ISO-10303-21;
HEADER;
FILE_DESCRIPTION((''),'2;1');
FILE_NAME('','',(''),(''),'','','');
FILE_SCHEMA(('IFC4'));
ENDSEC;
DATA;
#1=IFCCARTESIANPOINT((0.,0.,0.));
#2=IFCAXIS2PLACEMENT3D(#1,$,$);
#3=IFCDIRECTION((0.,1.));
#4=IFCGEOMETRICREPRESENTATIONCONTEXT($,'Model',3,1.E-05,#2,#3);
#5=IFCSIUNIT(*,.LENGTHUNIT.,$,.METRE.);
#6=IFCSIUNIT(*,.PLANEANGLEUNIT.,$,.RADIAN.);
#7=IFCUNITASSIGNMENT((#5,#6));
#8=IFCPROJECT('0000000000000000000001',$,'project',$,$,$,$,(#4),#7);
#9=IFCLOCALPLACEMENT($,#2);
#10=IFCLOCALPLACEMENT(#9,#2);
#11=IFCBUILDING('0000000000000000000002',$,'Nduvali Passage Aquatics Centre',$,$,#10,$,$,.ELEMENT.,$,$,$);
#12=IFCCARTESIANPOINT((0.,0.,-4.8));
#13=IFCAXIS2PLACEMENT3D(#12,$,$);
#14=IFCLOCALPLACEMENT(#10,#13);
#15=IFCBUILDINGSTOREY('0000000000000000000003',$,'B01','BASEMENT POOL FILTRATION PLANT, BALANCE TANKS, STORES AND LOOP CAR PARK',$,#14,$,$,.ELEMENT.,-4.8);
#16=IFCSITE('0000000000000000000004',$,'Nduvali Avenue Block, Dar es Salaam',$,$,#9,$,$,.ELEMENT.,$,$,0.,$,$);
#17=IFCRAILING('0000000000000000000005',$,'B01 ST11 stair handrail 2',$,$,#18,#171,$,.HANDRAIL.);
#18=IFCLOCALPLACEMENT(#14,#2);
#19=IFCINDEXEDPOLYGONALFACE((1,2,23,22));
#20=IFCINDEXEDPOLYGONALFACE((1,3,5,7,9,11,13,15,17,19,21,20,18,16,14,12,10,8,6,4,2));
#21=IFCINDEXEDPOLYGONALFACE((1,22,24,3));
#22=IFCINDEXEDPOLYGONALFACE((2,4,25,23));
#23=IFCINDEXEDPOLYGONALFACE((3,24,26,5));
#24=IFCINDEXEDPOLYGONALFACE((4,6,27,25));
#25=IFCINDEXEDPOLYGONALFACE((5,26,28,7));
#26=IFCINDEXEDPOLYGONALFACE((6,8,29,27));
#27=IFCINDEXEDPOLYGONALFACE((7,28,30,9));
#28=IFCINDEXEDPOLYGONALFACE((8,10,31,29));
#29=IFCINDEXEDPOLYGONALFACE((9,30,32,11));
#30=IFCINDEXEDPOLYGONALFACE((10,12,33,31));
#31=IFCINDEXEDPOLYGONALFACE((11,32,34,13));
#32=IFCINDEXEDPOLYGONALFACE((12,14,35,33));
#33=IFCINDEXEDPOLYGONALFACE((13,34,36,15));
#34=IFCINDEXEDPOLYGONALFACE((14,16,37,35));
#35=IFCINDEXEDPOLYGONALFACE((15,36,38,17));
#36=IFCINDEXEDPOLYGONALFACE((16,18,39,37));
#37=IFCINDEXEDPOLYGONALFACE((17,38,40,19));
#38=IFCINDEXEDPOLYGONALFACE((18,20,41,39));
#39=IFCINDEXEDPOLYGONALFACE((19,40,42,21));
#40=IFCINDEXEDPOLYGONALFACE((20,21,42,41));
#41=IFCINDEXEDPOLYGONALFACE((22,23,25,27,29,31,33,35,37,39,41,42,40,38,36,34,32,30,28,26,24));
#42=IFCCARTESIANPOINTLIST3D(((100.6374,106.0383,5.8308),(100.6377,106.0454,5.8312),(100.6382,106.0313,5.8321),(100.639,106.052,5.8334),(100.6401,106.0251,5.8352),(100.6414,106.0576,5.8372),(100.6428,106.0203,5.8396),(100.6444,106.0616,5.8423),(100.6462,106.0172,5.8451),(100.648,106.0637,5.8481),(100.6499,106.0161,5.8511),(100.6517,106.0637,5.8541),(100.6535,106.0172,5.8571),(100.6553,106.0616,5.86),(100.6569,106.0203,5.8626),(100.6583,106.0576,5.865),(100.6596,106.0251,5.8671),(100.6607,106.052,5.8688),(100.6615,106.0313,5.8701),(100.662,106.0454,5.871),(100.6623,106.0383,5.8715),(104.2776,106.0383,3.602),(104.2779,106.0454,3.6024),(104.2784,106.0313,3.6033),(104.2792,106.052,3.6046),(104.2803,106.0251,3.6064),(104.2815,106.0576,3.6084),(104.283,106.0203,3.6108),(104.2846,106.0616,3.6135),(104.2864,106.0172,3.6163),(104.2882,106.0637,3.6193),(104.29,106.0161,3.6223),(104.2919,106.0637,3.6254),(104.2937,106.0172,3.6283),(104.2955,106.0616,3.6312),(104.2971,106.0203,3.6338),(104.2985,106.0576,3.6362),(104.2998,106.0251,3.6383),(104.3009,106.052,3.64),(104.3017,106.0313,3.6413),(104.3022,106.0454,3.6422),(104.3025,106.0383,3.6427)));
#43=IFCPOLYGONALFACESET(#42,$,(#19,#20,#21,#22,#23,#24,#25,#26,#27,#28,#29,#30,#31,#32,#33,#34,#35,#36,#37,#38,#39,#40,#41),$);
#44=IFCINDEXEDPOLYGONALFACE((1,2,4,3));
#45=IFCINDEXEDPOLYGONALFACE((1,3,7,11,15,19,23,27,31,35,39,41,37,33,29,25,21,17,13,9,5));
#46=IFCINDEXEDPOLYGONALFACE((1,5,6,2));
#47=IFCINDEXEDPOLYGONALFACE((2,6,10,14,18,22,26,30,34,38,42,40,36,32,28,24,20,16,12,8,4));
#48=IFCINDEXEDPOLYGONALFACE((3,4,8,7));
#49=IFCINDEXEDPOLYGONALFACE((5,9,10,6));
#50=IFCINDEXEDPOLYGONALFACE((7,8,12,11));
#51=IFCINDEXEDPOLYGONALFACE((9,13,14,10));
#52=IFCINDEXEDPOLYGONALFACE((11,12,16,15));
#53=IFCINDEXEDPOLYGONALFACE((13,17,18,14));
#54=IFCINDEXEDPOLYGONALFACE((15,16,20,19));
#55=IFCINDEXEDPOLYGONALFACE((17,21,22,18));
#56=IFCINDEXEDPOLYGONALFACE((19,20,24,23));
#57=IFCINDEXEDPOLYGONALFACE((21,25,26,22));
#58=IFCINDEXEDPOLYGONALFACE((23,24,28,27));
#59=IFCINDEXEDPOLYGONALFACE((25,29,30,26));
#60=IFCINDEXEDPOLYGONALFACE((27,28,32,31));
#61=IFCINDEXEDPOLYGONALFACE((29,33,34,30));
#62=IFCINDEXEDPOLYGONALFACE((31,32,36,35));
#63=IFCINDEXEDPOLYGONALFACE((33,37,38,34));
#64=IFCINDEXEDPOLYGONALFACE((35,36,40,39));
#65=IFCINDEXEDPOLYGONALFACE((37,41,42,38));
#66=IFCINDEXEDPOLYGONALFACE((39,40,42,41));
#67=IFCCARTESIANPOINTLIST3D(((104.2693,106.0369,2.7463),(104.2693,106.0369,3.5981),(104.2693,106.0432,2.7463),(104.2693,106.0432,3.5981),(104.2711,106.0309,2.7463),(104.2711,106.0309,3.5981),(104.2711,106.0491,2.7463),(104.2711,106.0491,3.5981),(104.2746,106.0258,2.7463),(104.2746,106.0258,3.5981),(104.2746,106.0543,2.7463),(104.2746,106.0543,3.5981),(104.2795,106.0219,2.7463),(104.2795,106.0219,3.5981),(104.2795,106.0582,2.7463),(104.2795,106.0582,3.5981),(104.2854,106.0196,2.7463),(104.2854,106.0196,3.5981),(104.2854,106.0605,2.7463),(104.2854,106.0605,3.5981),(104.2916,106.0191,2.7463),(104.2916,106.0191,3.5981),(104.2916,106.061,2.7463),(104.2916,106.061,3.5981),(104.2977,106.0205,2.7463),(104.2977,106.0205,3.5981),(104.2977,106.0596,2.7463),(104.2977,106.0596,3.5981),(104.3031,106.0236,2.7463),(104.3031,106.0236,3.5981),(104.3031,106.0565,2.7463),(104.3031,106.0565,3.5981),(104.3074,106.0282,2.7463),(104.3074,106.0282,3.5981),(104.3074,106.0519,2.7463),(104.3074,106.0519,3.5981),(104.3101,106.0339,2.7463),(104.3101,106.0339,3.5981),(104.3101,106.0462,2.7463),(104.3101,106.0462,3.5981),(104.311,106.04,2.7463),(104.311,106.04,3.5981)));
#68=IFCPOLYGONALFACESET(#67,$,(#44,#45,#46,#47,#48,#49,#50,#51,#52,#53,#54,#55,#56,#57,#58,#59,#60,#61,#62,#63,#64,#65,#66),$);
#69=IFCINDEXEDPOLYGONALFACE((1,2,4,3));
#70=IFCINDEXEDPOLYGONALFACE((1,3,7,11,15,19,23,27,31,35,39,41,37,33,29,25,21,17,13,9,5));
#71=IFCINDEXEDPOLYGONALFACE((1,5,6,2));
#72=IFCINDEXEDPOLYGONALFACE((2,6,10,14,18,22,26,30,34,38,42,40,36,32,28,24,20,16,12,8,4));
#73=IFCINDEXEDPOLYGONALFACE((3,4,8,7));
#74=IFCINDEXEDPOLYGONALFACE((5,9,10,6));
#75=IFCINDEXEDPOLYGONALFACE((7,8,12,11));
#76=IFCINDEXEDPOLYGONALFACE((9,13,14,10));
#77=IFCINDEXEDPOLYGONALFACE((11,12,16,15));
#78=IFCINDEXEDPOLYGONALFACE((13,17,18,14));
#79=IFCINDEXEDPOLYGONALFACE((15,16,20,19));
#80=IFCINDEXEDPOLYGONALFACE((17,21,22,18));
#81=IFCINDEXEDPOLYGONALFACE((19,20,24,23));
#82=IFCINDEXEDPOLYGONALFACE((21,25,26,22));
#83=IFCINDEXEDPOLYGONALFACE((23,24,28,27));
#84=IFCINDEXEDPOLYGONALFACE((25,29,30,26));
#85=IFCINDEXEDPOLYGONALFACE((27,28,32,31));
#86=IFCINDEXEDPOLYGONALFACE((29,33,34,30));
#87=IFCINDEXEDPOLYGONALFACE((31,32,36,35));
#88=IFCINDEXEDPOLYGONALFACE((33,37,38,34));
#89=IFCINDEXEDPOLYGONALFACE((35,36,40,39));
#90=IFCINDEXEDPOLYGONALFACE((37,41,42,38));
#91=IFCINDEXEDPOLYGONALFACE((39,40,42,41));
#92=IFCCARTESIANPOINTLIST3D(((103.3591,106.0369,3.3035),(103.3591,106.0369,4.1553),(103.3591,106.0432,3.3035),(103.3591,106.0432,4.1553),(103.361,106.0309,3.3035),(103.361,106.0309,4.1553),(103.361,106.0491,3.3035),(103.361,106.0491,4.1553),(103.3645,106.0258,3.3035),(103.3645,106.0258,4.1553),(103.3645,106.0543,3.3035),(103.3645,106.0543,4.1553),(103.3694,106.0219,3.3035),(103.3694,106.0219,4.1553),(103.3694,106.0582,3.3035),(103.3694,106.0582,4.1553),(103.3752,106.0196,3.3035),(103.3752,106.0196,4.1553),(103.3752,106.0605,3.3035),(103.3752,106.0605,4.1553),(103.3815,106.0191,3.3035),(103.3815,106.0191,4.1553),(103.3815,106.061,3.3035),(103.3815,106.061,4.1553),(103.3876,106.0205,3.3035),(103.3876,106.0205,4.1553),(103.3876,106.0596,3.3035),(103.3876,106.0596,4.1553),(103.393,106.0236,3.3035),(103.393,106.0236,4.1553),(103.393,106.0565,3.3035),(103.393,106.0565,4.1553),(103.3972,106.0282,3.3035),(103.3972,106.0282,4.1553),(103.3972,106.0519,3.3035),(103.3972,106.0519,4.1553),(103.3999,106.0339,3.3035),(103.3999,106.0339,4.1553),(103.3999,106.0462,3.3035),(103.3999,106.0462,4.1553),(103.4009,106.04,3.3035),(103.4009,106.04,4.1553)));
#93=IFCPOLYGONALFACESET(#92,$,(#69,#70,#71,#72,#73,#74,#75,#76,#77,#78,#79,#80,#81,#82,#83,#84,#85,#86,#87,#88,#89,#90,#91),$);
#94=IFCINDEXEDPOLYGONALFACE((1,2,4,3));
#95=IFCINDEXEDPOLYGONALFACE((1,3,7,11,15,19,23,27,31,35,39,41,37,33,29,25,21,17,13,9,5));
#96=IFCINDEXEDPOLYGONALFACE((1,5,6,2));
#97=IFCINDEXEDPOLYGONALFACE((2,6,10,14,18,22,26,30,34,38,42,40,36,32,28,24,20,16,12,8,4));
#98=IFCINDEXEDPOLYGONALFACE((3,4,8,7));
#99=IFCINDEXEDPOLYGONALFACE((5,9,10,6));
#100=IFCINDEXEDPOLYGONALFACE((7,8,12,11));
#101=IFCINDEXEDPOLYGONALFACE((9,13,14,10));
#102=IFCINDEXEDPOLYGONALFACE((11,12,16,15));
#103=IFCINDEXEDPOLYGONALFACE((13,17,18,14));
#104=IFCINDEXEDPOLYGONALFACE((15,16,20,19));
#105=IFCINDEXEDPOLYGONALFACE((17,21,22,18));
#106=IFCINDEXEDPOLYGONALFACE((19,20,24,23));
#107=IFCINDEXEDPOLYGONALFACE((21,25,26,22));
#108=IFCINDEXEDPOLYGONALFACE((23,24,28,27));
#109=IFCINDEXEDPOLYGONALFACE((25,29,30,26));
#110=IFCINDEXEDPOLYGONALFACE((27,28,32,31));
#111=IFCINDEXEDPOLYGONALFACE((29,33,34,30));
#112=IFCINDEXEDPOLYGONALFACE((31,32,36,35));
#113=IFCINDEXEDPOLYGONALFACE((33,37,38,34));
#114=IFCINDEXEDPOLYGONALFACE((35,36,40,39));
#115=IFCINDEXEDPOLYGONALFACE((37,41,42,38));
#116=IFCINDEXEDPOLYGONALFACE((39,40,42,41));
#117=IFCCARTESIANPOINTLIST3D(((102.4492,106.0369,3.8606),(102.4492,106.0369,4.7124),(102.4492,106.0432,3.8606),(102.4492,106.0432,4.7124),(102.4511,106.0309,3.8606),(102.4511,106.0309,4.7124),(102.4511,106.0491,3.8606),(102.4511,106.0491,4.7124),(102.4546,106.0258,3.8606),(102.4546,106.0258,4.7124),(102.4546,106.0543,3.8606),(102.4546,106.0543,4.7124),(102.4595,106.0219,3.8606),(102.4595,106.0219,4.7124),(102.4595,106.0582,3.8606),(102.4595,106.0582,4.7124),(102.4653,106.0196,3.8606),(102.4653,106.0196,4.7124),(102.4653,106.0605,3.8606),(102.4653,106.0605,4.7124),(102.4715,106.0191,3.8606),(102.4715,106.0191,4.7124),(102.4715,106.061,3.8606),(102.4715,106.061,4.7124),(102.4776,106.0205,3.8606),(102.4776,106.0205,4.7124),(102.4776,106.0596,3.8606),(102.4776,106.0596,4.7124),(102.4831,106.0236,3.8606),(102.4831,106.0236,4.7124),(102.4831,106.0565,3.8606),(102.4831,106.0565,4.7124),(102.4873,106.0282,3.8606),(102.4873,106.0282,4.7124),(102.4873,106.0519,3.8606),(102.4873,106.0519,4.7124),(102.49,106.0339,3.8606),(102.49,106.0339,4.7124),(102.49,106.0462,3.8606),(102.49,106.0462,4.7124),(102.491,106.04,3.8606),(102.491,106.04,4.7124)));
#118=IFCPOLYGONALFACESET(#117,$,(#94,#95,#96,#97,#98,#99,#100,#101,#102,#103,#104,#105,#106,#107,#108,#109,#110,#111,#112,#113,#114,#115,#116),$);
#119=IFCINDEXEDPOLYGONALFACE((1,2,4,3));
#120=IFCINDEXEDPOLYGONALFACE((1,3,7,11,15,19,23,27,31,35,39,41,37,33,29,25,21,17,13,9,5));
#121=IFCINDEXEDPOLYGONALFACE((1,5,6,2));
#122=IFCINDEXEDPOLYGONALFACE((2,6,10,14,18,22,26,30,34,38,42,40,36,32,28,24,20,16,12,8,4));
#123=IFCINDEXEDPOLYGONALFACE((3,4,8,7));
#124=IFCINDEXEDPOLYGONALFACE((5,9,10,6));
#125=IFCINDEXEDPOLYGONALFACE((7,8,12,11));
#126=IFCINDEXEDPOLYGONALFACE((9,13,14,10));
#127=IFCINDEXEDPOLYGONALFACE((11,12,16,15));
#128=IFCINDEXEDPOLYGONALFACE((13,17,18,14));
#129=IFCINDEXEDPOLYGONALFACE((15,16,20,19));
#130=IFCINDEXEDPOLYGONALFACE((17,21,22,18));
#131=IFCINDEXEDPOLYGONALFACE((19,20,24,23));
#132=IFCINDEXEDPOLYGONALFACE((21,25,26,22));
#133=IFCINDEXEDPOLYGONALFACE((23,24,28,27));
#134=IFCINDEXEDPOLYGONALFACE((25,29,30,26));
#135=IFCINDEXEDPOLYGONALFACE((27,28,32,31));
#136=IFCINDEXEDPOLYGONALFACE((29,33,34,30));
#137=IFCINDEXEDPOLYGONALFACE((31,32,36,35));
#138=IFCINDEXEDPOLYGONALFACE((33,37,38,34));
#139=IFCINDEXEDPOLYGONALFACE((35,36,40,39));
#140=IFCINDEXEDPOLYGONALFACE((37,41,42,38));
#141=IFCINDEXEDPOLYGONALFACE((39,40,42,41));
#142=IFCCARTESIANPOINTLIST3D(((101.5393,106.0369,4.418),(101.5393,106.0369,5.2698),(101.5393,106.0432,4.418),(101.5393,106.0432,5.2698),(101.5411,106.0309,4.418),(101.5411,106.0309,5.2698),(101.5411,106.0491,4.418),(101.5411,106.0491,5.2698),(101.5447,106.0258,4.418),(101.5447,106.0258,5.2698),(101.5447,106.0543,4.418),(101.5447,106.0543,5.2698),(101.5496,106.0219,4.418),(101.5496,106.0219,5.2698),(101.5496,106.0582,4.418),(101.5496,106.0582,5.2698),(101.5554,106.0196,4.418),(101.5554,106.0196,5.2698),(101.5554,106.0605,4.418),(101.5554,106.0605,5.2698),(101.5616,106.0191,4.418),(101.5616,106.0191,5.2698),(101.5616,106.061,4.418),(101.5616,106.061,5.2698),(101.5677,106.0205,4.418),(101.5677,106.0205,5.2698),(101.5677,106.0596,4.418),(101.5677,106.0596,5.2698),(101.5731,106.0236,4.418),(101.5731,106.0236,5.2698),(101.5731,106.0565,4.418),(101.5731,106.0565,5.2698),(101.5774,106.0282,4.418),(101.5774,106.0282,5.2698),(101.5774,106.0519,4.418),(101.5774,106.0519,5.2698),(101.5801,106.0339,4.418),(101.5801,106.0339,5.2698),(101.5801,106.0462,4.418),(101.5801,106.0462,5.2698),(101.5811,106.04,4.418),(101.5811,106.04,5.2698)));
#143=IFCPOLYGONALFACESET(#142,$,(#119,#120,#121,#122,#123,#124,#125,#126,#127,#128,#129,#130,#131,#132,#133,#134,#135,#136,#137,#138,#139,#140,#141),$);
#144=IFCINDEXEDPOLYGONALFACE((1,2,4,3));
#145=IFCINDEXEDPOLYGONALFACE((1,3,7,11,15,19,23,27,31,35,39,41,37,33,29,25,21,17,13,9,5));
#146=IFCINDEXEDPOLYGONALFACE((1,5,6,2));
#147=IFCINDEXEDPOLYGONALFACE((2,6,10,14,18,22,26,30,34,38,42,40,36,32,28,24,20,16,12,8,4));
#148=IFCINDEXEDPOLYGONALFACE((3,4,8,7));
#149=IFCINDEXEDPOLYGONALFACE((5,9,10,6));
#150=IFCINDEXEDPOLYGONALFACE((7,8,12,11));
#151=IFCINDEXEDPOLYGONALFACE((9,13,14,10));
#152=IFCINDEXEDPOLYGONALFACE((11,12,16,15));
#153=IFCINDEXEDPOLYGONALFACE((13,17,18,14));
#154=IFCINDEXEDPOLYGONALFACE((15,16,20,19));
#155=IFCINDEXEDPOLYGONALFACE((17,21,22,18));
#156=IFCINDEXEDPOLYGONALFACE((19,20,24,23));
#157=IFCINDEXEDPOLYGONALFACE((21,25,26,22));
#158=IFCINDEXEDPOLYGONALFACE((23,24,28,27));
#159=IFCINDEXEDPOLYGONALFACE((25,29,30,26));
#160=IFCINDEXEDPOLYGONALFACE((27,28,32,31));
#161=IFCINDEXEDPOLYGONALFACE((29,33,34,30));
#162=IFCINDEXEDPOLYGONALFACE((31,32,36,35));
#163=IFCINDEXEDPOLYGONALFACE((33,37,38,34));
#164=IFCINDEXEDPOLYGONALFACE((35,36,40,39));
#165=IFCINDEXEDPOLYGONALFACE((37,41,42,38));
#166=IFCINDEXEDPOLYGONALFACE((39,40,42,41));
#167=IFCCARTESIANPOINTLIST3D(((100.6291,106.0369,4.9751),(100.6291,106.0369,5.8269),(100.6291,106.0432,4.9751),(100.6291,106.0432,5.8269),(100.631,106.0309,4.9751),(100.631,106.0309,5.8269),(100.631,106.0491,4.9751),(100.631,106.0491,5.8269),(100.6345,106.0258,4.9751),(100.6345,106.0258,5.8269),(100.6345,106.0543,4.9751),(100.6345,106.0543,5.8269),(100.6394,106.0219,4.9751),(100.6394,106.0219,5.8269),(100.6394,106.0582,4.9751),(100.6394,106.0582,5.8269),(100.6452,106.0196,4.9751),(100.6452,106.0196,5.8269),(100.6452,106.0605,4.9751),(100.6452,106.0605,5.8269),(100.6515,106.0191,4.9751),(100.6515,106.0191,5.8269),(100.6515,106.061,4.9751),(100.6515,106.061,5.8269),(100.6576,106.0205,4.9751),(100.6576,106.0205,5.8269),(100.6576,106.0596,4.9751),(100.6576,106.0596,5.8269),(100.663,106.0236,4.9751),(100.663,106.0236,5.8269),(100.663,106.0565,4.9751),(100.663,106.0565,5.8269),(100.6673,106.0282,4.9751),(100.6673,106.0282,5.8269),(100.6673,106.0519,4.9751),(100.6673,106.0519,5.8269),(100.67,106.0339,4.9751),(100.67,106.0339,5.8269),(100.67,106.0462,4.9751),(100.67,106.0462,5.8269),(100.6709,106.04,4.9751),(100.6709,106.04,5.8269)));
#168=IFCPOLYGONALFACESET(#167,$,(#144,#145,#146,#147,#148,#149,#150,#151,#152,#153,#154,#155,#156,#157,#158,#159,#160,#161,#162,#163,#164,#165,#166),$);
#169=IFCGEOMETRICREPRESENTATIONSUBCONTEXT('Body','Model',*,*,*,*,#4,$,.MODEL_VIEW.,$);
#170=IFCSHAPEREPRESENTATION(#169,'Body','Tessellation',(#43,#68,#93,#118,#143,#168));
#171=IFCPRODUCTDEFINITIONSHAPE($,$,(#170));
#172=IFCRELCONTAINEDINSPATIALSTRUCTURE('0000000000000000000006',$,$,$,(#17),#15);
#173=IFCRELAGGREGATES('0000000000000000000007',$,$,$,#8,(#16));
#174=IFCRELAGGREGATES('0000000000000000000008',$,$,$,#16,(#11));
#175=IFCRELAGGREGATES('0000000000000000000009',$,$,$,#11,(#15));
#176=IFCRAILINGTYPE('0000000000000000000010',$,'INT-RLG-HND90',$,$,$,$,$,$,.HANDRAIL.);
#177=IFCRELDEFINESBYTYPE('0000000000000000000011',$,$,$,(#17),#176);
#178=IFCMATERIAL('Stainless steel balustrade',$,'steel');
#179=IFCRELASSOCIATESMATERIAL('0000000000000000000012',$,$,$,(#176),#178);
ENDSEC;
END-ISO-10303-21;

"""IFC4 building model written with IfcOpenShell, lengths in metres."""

from ifc_helpers import new_model, si_unit, direction, frame, origin, origin_2d, place, context, subcontext, project, spatial, circle, extrude, material, type_object, element, save


model = new_model("IFC4")

# Units and contexts
model_context = context("Model", 3, precision=1e-05, world=origin(), true_north=direction((0.0, 1.0)))
body_context = subcontext(model_context, "Body", "Model", "MODEL_VIEW")
ifc_project = project(units=[si_unit("LENGTHUNIT", "METRE"), si_unit("PLANEANGLEUNIT", "RADIAN")], contexts=[model_context])

# Site, building, storey
site_placement = place(None, origin())
site = spatial("IfcSite", under=ifc_project, at=site_placement, Name="Nduvali Avenue Block, Dar es Salaam", CompositionType="ELEMENT", RefElevation=0.0)
building_placement = place(site_placement, origin())
building = spatial("IfcBuilding", under=site, at=building_placement, Name="Nduvali Passage Aquatics Centre", CompositionType="ELEMENT")
storey_placement = place(building_placement, frame((0.0, 0.0, -4.8)))
storey = spatial("IfcBuildingStorey", under=building, at=storey_placement, Name="B01", Description="BASEMENT POOL FILTRATION PLANT, BALANCE TANKS, STORES AND LOOP CAR PARK", CompositionType="ELEMENT", Elevation=-4.8)

# Railing
ifc_material_1 = material(Name="Stainless steel balustrade", Category="steel")
railing_type_1 = type_object("IfcRailingType", Name="INT-RLG-HND90", PredefinedType="HANDRAIL", material=ifc_material_1)
railing_1_placement = place(storey_placement, frame((104.29, 106.04, 2.7463)))
element("IfcRailing", 1, at=railing_1_placement, inside=storey, type_object=railing_type_1, Name="B01 ST11 stair handrail 2", PredefinedType="HANDRAIL", context=body_context, shape_type="SweptSolid", body=[
    extrude(circle(Radius=0.0239, at=origin_2d()), frame((0.0, 0.0, 0.876), z_axis=(-0.85284, 0.0, 0.522172), x_axis=(0.0, -1.0, 0.0)), (0.0, 0.0, 1.0), 4.2683),
    extrude(circle(Radius=0.021, at=origin_2d()), origin(), (0.0, 0.0, 1.0), 0.8518),
    extrude(circle(Radius=0.021, at=origin_2d()), frame((-0.9102, 0.0, 0.5571)), (0.0, 0.0, 1.0), 0.8518),
    extrude(circle(Radius=0.021, at=origin_2d()), frame((-1.8201, 0.0, 1.1143)), (0.0, 0.0, 1.0), 0.8518),
    extrude(circle(Radius=0.021, at=origin_2d()), frame((-2.73, 0.0, 1.6716)), (0.0, 0.0, 1.0), 0.8518),
    extrude(circle(Radius=0.021, at=origin_2d()), frame((-3.6401, 0.0, 2.2288)), (0.0, 0.0, 1.0), 0.8518),
])

save(model, "model.ifc")
